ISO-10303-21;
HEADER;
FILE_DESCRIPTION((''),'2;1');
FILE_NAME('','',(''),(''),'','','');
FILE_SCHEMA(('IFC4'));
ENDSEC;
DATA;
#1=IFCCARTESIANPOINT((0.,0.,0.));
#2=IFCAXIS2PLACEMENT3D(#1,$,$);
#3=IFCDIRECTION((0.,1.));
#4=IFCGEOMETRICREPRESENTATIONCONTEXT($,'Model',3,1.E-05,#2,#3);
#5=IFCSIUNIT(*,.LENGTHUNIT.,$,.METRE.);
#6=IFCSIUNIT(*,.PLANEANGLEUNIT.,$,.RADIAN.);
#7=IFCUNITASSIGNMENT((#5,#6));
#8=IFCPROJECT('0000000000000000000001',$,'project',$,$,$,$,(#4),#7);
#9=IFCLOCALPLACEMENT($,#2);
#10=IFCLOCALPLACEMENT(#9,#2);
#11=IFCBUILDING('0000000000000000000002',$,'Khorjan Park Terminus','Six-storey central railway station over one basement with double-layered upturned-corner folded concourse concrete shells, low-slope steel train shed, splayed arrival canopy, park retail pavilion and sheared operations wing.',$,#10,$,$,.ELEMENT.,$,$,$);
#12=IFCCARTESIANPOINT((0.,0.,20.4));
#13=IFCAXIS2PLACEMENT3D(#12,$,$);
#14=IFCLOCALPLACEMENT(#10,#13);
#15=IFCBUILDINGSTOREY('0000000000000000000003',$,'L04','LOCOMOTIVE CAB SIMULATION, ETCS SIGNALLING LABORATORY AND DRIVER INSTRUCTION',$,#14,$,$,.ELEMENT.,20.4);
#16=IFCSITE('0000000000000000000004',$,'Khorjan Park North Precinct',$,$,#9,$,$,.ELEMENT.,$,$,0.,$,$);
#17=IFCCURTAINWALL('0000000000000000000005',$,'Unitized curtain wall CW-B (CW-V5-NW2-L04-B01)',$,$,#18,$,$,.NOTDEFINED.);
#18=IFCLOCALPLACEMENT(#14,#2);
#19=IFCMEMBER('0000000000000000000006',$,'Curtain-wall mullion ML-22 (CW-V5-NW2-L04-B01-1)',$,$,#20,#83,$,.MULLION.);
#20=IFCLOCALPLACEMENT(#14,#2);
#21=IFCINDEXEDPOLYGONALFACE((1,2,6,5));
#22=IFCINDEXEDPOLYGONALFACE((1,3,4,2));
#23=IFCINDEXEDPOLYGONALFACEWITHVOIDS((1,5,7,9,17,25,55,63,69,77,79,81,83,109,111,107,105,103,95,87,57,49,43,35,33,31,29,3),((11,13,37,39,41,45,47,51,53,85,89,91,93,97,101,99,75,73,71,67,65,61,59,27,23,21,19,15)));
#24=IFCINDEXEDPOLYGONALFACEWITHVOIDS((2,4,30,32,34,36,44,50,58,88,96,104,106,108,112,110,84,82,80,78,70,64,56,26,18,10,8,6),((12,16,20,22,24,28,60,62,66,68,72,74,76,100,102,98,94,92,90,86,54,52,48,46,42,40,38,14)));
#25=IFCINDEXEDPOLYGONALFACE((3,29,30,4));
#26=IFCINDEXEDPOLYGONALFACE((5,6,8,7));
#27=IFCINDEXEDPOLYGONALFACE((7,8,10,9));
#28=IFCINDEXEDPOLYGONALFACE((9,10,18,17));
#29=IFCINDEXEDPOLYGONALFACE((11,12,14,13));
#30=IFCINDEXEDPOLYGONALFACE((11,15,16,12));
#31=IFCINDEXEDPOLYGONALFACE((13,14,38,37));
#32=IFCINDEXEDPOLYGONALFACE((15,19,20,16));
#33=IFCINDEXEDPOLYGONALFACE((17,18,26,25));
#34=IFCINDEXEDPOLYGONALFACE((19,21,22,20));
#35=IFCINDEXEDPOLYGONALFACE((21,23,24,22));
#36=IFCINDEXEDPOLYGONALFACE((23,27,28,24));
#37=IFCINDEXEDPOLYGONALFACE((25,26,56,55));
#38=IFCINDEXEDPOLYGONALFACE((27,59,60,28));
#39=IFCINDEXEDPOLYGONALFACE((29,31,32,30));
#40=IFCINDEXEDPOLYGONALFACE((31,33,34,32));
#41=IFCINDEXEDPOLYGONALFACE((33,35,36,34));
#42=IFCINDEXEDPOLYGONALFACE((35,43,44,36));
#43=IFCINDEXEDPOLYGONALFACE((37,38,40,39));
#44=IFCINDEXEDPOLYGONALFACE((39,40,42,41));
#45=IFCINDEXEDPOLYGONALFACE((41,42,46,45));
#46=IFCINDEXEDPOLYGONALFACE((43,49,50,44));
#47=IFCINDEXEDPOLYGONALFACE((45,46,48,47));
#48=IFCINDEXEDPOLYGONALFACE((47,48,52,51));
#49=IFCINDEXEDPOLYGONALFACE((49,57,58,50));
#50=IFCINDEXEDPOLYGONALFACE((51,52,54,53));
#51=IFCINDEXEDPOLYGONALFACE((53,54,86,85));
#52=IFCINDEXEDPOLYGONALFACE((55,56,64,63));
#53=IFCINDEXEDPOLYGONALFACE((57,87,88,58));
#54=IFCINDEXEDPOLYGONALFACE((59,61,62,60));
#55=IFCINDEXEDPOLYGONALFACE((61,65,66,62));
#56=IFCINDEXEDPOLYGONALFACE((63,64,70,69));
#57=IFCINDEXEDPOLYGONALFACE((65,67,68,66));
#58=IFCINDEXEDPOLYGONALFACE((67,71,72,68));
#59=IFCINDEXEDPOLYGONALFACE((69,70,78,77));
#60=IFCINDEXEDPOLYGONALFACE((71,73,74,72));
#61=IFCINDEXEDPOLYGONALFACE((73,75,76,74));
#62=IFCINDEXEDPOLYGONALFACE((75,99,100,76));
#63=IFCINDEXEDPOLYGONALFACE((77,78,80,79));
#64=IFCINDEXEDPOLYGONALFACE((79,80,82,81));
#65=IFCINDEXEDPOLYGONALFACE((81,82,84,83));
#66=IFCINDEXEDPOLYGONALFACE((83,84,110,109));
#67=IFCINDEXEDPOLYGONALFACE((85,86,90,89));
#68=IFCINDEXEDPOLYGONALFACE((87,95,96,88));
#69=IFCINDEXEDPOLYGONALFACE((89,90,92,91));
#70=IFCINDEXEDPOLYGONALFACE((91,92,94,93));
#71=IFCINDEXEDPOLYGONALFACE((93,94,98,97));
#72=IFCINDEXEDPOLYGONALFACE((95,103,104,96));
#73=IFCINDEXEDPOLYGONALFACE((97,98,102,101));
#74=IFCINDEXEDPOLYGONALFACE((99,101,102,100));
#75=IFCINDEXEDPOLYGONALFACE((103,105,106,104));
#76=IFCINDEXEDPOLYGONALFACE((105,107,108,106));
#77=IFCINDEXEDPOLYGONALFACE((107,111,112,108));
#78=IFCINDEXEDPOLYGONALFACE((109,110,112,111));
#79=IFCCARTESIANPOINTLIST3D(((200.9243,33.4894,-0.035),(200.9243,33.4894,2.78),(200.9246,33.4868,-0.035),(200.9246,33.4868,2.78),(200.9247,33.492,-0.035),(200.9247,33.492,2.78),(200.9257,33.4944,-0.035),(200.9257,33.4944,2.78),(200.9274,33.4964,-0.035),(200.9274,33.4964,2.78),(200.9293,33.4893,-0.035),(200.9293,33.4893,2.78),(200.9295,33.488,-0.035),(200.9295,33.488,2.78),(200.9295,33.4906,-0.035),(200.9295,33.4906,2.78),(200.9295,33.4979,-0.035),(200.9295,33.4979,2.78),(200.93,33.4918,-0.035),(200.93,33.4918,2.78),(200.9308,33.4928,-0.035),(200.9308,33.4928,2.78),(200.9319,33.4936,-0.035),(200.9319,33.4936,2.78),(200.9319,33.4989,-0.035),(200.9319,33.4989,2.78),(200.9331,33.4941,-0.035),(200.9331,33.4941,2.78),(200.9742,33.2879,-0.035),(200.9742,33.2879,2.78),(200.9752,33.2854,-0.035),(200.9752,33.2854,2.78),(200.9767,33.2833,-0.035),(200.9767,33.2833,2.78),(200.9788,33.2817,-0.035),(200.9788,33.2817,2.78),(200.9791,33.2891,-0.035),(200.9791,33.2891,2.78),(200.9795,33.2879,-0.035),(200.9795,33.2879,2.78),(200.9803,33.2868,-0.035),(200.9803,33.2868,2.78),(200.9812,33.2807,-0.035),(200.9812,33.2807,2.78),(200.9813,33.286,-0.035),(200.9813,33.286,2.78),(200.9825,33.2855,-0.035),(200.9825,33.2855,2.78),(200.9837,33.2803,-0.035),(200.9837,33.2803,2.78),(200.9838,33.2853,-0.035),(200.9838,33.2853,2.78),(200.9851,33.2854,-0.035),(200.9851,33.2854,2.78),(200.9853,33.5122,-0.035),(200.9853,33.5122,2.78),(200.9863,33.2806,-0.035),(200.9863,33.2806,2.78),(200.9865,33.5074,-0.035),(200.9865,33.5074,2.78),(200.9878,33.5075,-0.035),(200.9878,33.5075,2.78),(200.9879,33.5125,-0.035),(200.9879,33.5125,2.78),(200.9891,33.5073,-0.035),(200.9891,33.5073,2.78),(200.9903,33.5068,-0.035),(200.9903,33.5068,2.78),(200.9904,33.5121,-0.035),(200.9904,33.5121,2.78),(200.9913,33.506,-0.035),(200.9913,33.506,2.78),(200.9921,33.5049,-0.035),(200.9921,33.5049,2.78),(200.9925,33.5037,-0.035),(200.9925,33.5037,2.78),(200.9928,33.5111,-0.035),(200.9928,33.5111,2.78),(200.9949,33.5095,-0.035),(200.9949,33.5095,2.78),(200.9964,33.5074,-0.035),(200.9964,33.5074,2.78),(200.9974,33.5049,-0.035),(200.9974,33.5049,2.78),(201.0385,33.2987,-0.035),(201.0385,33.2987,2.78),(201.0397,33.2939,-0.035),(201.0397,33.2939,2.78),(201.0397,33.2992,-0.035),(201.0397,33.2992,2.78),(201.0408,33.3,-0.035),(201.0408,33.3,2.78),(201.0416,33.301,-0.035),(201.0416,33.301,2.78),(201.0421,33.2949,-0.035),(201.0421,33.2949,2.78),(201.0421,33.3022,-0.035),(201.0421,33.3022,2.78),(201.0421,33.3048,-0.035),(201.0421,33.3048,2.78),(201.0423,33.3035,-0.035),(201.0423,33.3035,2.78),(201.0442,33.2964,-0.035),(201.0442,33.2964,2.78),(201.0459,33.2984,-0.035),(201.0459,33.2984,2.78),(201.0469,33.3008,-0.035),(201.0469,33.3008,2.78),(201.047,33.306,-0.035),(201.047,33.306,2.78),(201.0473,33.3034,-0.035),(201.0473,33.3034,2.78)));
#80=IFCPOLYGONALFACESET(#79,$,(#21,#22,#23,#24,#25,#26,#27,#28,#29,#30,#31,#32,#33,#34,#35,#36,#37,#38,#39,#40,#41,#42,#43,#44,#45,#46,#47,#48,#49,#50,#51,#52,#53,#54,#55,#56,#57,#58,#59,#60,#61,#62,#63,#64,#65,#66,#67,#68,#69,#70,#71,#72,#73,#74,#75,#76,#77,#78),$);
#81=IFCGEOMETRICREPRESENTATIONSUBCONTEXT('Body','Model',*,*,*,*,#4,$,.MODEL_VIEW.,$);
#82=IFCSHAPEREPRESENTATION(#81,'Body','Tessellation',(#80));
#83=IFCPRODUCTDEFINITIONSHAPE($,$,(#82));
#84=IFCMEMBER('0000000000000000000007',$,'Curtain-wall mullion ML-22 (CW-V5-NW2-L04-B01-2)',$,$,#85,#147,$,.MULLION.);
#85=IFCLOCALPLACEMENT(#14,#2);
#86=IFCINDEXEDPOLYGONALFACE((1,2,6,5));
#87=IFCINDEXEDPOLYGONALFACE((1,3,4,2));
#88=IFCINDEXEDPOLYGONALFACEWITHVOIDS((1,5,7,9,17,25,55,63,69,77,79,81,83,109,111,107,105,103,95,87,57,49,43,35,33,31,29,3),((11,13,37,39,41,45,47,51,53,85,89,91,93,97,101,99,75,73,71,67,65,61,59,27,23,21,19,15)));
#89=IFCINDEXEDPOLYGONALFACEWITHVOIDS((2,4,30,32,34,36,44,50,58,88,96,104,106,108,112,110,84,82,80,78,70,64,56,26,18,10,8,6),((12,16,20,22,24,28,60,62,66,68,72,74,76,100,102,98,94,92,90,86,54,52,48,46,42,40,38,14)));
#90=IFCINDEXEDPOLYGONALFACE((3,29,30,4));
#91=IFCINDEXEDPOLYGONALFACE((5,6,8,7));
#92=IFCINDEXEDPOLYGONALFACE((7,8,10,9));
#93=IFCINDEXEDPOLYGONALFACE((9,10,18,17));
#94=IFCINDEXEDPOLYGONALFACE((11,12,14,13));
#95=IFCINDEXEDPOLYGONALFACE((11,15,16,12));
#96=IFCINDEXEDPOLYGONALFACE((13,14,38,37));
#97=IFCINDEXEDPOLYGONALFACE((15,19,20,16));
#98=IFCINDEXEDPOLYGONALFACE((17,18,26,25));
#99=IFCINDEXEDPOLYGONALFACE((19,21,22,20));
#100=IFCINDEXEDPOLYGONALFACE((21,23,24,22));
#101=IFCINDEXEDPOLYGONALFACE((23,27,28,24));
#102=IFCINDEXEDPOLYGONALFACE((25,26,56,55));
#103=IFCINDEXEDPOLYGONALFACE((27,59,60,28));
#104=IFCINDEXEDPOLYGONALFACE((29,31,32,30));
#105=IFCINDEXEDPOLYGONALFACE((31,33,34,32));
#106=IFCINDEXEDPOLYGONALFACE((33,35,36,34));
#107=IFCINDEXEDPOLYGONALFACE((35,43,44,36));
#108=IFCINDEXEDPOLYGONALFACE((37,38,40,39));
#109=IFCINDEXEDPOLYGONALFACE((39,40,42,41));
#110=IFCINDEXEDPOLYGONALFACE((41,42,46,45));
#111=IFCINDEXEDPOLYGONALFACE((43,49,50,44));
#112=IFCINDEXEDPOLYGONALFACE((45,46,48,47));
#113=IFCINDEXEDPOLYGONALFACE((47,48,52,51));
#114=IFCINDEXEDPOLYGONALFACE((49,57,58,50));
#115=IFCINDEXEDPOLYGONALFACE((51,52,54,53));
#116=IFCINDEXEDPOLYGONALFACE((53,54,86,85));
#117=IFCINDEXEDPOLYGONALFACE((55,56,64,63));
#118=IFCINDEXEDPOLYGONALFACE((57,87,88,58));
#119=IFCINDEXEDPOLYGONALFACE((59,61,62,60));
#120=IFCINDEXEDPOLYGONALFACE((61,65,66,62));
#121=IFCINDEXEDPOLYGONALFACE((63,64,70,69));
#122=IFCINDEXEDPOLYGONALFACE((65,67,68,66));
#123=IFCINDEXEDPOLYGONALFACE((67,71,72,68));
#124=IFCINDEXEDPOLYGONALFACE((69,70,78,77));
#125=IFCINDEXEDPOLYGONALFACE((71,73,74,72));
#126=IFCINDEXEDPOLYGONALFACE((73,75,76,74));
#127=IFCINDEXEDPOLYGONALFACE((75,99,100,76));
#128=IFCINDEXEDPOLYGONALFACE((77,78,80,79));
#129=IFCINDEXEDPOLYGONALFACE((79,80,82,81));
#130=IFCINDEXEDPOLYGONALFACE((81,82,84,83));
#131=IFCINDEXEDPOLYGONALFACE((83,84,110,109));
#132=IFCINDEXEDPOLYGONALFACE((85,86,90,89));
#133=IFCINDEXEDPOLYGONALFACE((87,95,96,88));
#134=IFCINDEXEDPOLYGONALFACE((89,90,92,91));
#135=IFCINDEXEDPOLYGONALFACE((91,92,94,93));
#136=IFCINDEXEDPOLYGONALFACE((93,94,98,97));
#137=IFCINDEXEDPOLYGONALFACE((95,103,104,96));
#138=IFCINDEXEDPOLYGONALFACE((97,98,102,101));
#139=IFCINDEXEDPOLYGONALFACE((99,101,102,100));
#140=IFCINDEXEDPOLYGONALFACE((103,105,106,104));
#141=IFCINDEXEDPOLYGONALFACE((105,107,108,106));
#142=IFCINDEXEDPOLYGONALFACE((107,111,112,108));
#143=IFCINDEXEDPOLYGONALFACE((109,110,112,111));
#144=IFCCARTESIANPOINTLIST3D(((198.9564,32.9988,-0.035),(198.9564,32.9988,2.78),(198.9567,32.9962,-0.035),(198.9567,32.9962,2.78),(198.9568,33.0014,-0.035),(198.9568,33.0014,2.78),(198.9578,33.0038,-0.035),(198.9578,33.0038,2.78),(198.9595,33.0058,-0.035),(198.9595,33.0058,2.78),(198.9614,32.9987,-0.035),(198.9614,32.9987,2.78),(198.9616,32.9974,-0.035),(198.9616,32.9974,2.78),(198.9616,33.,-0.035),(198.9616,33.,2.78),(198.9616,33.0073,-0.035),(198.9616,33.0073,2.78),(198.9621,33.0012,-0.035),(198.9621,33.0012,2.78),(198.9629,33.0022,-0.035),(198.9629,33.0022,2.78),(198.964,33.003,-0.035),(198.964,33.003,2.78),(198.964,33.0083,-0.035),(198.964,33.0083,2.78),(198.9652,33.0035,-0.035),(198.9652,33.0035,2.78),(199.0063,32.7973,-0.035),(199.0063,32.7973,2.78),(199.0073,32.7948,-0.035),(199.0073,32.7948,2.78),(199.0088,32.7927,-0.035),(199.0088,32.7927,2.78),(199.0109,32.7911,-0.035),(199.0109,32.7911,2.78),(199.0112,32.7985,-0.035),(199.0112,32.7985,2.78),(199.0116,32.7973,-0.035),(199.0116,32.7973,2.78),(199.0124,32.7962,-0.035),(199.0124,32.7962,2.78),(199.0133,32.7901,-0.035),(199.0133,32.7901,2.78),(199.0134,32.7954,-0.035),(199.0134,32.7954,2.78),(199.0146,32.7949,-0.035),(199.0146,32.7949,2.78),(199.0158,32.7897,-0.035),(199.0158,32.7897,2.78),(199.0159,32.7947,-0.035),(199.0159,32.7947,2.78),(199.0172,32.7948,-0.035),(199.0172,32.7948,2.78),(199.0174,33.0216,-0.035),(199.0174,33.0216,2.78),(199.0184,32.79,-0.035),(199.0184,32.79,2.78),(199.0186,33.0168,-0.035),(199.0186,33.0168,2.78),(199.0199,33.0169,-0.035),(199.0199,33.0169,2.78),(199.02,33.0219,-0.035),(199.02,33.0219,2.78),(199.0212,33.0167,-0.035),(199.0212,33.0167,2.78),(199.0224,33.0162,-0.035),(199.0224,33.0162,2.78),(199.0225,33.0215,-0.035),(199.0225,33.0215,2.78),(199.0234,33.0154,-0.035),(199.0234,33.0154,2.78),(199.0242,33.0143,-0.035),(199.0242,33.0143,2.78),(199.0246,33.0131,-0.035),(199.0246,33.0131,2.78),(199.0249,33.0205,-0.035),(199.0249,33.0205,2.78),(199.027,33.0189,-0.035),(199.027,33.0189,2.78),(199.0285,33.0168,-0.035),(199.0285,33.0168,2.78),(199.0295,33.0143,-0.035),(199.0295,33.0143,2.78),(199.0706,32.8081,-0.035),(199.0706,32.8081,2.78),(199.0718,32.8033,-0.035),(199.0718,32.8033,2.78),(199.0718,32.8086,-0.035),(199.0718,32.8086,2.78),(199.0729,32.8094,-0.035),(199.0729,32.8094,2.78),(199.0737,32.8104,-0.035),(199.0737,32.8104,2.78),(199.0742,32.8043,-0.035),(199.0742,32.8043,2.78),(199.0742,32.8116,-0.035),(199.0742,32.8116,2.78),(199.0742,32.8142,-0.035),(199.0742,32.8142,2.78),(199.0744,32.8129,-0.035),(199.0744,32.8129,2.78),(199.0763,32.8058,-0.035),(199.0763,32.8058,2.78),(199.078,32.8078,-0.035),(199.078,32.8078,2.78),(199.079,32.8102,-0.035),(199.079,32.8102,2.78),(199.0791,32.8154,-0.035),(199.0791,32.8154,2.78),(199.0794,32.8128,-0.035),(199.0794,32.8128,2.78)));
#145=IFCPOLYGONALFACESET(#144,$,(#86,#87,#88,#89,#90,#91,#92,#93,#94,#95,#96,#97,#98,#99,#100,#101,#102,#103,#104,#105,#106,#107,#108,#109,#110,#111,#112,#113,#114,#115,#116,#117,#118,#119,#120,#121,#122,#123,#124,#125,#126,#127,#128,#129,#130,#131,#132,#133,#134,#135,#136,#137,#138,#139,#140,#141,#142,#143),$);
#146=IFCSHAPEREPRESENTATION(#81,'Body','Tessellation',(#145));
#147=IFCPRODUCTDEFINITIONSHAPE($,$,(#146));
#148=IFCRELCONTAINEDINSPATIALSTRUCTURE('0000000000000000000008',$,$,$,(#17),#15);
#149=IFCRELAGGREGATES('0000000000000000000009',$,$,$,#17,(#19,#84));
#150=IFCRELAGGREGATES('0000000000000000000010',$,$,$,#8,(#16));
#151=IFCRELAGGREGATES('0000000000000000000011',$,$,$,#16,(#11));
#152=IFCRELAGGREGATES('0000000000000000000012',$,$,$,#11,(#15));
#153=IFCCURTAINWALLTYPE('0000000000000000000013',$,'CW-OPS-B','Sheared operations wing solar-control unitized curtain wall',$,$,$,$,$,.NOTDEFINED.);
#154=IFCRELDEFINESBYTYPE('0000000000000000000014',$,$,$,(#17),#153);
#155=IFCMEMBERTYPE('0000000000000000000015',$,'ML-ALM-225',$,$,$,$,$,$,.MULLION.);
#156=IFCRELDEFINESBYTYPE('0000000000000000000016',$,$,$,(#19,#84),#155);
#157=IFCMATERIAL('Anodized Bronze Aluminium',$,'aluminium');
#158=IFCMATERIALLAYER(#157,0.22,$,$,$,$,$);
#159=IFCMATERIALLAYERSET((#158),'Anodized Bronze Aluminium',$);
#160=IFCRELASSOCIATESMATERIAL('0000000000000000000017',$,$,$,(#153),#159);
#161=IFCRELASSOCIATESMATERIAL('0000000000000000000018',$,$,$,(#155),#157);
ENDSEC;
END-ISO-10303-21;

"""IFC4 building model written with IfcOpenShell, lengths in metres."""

from ifc_helpers import new_model, si_unit, direction, frame, origin, origin_2d, place, context, subcontext, project, spatial, hollow_rectangle, extrude, material, layer, layer_set, material_profile, profile_set, type_object, element, aggregate, save


model = new_model("IFC4")

# Units and contexts
model_context = context("Model", 3, precision=1e-05, world=origin(), true_north=direction((0.0, 1.0)))
body_context = subcontext(model_context, "Body", "Model", "MODEL_VIEW")
ifc_project = project(units=[si_unit("LENGTHUNIT", "METRE"), si_unit("PLANEANGLEUNIT", "RADIAN")], contexts=[model_context])

# Site, building, storey
site_placement = place(None, origin())
site = spatial("IfcSite", under=ifc_project, at=site_placement, Name="Khorjan Park North Precinct", CompositionType="ELEMENT", RefElevation=0.0)
building_placement = place(site_placement, origin())
building = spatial("IfcBuilding", under=site, at=building_placement, Name="Khorjan Park Terminus", Description="Six-storey central railway station over one basement with double-layered upturned-corner folded concourse concrete shells, low-slope steel train shed, splayed arrival canopy, park retail pavilion and sheared operations wing.", CompositionType="ELEMENT")
storey_placement = place(building_placement, frame((0.0, 0.0, 20.4)))
storey = spatial("IfcBuildingStorey", under=building, at=storey_placement, Name="L04", Description="LOCOMOTIVE CAB SIMULATION, ETCS SIGNALLING LABORATORY AND DRIVER INSTRUCTION", CompositionType="ELEMENT", Elevation=20.4)

# Curtain wall, members
ifc_material_1 = material(Name="Anodized Bronze Aluminium", Category="aluminium")
ifc_layer_1 = layer(ifc_material_1, 0.22)
ifc_layer_set_1 = layer_set([ifc_layer_1], Name="Anodized Bronze Aluminium")
curtain_wall_type = type_object("IfcCurtainWallType", Name="CW-OPS-B", Description="Sheared operations wing solar-control unitized curtain wall", PredefinedType="NOTDEFINED", material=ifc_layer_set_1)
curtain_wall_placement = place(storey_placement, origin())
curtain_wall = element("IfcCurtainWall", 1, at=curtain_wall_placement, inside=storey, type_object=curtain_wall_type, Name="Unitized curtain wall CW-B (CW-V5-NW2-L04-B01)", PredefinedType="NOTDEFINED")
ifc_material_profile_1 = material_profile(ifc_material_1, hollow_rectangle(XDim=0.075, YDim=0.225, WallThickness=0.005, InnerFilletRadius=0.005, OuterFilletRadius=0.01, at=origin_2d()), Name="ALM 75x225x5")
ifc_profile_set_1 = profile_set([ifc_material_profile_1], Name="Anodized Bronze Aluminium")
member_type_1 = type_object("IfcMemberType", Name="ML-ALM-225", PredefinedType="MULLION", material=ifc_profile_set_1)
member_1_placement = place(storey_placement, frame((200.9858, 33.3964, -0.035), z_axis=(0.0, 0.0, 1.0), x_axis=(-0.970294, -0.241928, 0.0)))
member_1 = element("IfcMember", 2, at=member_1_placement, type_object=member_type_1, Name="Curtain-wall mullion ML-22 (CW-V5-NW2-L04-B01-1)", PredefinedType="MULLION", context=body_context, shape_type="SweptSolid", body=[
    extrude(hollow_rectangle(XDim=0.075, YDim=0.225, WallThickness=0.005, InnerFilletRadius=0.005, OuterFilletRadius=0.01, at=origin_2d()), origin(), (0.0, 0.0, 1.0), 2.815),
])
member_2_placement = place(storey_placement, frame((199.0179, 32.9058, -0.035), z_axis=(0.0, 0.0, 1.0), x_axis=(-0.970294, -0.241928, 0.0)))
member_2 = element("IfcMember", 3, at=member_2_placement, type_object=member_type_1, Name="Curtain-wall mullion ML-22 (CW-V5-NW2-L04-B01-2)", PredefinedType="MULLION", context=body_context, shape_type="SweptSolid", body=[
    extrude(hollow_rectangle(XDim=0.075, YDim=0.225, WallThickness=0.005, InnerFilletRadius=0.005, OuterFilletRadius=0.01, at=origin_2d()), origin(), (0.0, 0.0, 1.0), 2.815),
])
aggregate(curtain_wall, [member_1, member_2])

save(model, "model.ifc")
